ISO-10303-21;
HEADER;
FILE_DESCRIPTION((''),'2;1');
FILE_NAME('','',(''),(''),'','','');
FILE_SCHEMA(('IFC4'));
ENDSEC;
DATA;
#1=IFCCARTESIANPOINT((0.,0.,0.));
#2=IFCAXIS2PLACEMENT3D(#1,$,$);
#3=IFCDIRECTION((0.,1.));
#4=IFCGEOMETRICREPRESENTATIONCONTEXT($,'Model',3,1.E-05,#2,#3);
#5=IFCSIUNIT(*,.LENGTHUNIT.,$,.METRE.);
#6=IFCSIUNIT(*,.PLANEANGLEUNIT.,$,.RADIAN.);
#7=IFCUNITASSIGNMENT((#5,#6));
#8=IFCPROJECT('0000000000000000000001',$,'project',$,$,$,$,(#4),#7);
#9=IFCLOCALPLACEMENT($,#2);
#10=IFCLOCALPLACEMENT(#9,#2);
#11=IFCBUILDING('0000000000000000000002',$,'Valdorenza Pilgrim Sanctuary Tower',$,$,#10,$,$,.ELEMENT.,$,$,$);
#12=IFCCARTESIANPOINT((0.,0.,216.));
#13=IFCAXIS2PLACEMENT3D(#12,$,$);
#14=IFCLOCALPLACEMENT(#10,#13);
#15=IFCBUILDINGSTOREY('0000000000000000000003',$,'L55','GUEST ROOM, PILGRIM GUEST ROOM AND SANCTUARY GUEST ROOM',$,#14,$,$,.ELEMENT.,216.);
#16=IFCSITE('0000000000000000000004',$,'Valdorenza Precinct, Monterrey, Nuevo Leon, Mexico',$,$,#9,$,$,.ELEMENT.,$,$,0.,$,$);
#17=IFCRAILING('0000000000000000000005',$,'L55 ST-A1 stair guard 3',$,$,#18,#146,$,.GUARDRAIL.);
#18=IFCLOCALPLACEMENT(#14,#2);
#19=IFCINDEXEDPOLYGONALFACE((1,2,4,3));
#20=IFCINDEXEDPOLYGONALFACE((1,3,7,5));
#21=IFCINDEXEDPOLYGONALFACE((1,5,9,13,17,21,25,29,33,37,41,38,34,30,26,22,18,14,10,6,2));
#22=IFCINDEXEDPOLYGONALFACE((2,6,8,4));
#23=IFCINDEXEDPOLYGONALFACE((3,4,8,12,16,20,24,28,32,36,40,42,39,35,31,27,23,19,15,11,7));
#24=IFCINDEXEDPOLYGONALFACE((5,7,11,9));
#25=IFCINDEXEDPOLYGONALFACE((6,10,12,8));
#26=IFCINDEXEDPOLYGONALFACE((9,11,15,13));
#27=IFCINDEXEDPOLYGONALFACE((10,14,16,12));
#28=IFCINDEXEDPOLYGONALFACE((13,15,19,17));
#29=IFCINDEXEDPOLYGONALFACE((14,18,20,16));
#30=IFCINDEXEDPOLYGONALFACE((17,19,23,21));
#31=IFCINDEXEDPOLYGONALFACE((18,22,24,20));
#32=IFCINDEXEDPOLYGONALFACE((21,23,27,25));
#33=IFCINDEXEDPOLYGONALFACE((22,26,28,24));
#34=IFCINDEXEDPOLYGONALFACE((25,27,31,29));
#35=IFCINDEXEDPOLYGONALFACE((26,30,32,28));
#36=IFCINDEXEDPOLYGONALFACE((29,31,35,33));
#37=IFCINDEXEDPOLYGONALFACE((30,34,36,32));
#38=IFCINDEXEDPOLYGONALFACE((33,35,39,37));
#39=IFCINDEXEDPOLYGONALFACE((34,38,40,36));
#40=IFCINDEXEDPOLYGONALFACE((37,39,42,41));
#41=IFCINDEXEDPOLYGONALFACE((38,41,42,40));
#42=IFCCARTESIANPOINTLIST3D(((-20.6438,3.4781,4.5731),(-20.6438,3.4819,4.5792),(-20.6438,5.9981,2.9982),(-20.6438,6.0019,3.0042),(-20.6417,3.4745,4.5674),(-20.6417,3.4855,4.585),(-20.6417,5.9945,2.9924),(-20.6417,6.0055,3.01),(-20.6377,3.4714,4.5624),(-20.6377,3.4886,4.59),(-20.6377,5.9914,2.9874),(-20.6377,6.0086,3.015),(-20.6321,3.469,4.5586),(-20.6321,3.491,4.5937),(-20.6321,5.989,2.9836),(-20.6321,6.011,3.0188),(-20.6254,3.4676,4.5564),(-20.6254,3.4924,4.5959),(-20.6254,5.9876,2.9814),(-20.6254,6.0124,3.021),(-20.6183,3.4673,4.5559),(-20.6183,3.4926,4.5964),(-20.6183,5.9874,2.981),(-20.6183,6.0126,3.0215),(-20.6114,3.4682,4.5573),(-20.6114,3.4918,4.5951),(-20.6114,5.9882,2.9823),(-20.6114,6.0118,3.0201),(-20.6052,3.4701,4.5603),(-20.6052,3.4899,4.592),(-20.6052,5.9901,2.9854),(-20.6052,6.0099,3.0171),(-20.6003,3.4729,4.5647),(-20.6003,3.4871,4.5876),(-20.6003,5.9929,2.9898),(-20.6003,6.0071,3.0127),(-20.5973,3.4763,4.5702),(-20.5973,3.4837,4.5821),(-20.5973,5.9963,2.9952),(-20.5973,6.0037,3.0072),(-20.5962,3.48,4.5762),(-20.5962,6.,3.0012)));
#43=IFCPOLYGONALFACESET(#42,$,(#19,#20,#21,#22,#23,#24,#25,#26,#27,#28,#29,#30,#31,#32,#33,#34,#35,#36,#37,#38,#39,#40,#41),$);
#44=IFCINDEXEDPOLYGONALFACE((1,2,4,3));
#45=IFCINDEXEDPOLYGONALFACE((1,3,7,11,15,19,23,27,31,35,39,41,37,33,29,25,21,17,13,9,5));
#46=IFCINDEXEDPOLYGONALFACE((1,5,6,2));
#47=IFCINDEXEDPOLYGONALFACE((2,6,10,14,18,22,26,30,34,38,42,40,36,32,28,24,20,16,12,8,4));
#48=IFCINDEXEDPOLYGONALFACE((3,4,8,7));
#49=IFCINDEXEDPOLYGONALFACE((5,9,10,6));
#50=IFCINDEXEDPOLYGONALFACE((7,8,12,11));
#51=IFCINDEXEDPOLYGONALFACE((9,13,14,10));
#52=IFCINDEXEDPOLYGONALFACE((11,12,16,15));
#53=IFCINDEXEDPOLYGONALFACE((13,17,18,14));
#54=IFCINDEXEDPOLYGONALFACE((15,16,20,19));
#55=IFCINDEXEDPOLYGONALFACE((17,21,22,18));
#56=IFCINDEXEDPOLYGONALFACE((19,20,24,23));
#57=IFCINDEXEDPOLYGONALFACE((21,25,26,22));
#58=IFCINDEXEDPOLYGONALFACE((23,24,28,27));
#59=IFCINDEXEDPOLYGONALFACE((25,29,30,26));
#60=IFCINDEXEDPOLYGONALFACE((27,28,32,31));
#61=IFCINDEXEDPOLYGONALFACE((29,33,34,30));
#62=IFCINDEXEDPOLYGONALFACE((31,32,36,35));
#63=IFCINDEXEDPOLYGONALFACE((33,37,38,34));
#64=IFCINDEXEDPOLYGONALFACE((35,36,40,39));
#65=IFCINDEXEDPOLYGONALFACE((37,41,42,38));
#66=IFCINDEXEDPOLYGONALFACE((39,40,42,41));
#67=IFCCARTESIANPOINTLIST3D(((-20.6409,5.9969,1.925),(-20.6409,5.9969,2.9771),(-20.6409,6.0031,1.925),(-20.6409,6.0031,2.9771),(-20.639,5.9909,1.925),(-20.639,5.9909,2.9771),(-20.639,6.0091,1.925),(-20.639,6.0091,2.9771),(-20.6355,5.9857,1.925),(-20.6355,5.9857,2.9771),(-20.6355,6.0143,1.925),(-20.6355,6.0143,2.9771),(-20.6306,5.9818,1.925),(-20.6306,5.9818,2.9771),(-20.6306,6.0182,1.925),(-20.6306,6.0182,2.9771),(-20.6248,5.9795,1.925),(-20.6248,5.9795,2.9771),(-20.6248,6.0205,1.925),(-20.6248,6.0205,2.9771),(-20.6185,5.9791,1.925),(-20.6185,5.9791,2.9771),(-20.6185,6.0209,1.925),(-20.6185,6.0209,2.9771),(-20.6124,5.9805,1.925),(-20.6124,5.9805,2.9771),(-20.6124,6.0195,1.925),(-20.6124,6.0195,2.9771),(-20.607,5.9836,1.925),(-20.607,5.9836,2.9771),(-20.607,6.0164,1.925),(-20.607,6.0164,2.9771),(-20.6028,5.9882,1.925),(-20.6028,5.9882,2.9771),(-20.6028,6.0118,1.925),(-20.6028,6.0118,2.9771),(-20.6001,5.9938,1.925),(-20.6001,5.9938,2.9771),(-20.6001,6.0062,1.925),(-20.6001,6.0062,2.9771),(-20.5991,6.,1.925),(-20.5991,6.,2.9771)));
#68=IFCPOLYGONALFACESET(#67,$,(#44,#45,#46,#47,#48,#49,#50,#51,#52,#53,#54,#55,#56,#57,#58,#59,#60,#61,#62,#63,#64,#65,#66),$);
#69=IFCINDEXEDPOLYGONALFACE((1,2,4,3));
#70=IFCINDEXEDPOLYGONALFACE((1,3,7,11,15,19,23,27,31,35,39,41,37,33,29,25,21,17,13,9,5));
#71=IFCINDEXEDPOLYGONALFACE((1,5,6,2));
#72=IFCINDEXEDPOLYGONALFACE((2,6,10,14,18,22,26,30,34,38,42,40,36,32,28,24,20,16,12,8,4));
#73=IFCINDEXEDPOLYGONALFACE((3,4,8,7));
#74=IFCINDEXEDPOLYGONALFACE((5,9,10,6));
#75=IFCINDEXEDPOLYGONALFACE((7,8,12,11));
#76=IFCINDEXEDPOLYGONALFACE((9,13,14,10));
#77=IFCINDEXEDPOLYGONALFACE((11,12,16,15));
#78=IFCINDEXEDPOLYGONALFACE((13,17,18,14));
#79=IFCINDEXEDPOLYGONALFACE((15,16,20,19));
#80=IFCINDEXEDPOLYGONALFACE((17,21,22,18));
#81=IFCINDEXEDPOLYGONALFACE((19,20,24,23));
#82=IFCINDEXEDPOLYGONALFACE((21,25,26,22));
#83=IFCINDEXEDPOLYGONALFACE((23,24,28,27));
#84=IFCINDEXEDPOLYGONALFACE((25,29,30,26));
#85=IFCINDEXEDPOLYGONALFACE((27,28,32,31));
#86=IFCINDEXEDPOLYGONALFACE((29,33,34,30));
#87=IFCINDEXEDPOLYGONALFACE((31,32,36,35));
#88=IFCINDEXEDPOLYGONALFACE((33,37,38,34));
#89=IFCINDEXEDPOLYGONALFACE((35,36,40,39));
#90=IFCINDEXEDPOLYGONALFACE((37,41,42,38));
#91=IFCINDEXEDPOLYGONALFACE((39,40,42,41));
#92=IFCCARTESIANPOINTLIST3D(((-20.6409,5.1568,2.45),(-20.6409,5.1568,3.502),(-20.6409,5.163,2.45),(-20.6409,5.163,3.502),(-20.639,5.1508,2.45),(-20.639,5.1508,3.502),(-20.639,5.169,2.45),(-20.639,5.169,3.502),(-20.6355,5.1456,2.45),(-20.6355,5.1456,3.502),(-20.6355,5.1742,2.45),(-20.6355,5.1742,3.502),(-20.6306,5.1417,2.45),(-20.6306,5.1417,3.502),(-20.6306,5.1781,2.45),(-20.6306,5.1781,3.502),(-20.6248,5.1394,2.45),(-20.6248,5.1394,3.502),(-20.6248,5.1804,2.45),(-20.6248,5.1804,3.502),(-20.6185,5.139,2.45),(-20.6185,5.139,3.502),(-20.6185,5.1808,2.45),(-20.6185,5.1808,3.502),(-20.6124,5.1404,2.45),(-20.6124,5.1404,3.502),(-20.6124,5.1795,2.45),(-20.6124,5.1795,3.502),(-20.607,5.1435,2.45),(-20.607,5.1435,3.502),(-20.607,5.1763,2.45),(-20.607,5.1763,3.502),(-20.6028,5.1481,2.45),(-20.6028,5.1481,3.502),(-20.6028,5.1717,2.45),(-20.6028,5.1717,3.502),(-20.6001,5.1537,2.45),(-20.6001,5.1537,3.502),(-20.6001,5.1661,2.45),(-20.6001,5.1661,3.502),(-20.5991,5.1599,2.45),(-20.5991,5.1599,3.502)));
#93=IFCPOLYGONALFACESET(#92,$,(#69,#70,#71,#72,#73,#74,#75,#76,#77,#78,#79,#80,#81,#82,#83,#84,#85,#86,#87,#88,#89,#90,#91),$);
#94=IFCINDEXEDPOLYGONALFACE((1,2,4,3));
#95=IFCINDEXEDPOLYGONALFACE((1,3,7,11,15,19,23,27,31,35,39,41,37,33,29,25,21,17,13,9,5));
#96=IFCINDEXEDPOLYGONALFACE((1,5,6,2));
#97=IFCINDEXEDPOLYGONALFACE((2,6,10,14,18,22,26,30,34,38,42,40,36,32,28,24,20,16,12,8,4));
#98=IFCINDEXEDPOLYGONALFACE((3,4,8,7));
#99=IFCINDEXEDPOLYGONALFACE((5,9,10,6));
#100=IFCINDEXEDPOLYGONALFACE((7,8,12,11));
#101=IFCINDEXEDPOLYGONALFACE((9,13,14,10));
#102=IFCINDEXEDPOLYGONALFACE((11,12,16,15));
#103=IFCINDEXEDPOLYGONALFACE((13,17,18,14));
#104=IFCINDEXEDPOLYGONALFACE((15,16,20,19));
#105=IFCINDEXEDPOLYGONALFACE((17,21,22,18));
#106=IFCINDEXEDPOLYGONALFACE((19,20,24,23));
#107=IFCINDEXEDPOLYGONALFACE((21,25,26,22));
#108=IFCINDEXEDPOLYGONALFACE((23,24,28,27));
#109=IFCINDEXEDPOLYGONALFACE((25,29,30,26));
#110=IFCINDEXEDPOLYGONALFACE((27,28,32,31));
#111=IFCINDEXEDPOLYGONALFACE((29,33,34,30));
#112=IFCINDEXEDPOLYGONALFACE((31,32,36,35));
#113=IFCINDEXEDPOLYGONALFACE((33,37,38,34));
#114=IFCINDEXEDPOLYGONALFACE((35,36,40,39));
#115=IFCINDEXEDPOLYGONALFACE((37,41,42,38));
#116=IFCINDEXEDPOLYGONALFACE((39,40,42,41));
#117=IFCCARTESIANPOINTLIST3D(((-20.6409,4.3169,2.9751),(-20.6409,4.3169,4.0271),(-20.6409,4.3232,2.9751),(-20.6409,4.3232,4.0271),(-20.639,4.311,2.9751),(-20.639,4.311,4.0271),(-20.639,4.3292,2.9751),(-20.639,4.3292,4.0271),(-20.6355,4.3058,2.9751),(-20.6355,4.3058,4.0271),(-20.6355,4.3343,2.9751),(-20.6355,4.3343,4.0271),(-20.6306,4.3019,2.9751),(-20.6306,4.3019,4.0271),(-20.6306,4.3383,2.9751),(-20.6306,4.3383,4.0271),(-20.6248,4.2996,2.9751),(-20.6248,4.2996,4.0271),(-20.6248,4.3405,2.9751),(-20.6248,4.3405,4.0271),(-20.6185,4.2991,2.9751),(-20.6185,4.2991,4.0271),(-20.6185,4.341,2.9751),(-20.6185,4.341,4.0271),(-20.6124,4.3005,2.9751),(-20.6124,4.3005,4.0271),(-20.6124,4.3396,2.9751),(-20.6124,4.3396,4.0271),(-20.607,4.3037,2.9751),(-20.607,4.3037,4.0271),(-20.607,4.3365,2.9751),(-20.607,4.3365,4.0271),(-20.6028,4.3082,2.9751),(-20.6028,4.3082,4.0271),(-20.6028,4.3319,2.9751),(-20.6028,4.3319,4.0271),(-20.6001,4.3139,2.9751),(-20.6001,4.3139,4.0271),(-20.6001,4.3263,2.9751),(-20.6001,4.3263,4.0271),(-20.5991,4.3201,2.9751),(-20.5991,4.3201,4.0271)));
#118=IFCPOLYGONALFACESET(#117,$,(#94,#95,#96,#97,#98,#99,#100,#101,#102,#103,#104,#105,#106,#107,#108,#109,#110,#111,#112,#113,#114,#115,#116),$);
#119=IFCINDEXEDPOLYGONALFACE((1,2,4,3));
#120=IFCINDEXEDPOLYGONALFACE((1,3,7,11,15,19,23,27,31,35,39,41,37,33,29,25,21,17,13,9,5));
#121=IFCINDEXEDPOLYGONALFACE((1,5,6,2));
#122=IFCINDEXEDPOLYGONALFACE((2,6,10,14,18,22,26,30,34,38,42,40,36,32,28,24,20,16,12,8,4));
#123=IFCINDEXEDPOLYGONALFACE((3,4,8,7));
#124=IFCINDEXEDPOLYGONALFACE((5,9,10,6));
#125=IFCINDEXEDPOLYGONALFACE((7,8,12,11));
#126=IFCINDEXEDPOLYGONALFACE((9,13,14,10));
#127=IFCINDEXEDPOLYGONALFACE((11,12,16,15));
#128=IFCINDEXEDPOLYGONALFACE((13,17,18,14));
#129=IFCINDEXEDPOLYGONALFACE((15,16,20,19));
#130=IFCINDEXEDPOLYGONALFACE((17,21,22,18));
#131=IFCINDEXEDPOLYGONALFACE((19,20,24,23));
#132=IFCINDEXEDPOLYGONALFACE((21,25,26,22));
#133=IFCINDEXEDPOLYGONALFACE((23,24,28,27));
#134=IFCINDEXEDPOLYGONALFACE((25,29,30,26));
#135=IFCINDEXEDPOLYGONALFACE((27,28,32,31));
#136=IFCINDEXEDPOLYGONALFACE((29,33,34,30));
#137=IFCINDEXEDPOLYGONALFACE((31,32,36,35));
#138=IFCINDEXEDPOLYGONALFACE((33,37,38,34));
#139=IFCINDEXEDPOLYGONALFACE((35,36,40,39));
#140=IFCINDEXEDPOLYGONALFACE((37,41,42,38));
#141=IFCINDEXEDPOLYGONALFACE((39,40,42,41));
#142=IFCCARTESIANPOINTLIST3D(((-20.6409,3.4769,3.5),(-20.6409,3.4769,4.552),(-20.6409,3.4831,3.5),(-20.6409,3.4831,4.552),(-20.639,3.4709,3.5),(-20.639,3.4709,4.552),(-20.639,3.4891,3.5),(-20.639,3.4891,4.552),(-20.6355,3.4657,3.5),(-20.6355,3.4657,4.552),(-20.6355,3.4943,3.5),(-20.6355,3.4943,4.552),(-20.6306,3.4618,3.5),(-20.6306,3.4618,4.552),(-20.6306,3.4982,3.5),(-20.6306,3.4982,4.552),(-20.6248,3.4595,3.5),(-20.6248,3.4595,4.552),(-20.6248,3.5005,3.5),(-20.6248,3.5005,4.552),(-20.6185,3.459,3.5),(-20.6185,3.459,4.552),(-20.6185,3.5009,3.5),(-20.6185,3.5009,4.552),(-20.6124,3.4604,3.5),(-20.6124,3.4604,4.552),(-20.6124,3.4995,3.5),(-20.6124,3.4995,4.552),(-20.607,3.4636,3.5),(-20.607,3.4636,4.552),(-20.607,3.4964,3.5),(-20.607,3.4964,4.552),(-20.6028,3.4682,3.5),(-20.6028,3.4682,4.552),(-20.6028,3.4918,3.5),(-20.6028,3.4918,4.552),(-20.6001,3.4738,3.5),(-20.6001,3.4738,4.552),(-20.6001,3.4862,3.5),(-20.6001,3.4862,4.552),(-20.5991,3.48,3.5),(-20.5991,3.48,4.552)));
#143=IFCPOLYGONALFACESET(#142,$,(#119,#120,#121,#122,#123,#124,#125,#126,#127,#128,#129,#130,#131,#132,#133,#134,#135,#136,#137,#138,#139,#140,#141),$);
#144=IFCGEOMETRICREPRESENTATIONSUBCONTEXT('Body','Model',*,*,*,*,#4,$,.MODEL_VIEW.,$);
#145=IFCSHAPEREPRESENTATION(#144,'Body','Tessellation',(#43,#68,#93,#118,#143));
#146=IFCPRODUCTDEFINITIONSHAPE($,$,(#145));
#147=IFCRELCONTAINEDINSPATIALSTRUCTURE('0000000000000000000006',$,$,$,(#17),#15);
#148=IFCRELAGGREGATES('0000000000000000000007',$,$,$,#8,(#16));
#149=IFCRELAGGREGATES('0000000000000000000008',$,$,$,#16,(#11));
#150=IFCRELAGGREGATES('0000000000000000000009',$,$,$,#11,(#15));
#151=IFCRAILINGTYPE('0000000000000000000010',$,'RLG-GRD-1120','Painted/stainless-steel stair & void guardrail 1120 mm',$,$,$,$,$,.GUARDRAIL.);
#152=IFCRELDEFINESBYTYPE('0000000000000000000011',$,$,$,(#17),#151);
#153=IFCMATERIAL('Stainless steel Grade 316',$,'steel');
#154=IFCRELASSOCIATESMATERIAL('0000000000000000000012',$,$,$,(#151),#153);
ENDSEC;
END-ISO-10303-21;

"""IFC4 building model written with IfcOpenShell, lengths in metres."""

from ifc_helpers import new_model, si_unit, direction, frame, origin, origin_2d, place, context, subcontext, project, spatial, circle, extrude, material, type_object, element, save


model = new_model("IFC4")

# Units and contexts
model_context = context("Model", 3, precision=1e-05, world=origin(), true_north=direction((0.0, 1.0)))
body_context = subcontext(model_context, "Body", "Model", "MODEL_VIEW")
ifc_project = project(units=[si_unit("LENGTHUNIT", "METRE"), si_unit("PLANEANGLEUNIT", "RADIAN")], contexts=[model_context])

# Site, building, storey
site_placement = place(None, origin())
site = spatial("IfcSite", under=ifc_project, at=site_placement, Name="Valdorenza Precinct, Monterrey, Nuevo Leon, Mexico", CompositionType="ELEMENT", RefElevation=0.0)
building_placement = place(site_placement, origin())
building = spatial("IfcBuilding", under=site, at=building_placement, Name="Valdorenza Pilgrim Sanctuary Tower", CompositionType="ELEMENT")
storey_placement = place(building_placement, frame((0.0, 0.0, 216.0)))
storey = spatial("IfcBuildingStorey", under=building, at=storey_placement, Name="L55", Description="GUEST ROOM, PILGRIM GUEST ROOM AND SANCTUARY GUEST ROOM", CompositionType="ELEMENT", Elevation=216.0)

# Railing
ifc_material_1 = material(Name="Stainless steel Grade 316", Category="steel")
railing_type_1 = type_object("IfcRailingType", Name="RLG-GRD-1120", Description="Painted/stainless-steel stair & void guardrail 1120 mm", PredefinedType="GUARDRAIL", material=ifc_material_1)
railing_1_placement = place(storey_placement, frame((-20.6201, 6.0, 1.925)))
element("IfcRailing", 1, at=railing_1_placement, inside=storey, type_object=railing_type_1, Name="L55 ST-A1 stair guard 3", PredefinedType="GUARDRAIL", context=body_context, shape_type="SweptSolid", body=[
    extrude(circle(Radius=0.0239, at=origin_2d()), frame((0.0, 0.0, 1.0762), z_axis=(0.0, -0.848008, 0.529984), x_axis=(1.0, 0.0, 0.0)), (0.0, 0.0, 1.0), 2.9717),
    extrude(circle(Radius=0.021, at=origin_2d()), origin(), (0.0, 0.0, 1.0), 1.052),
    extrude(circle(Radius=0.021, at=origin_2d()), frame((0.0, -0.8401, 0.5249)), (0.0, 0.0, 1.0), 1.052),
    extrude(circle(Radius=0.021, at=origin_2d()), frame((0.0, -1.6799, 1.05)), (0.0, 0.0, 1.0), 1.052),
    extrude(circle(Radius=0.021, at=origin_2d()), frame((0.0, -2.52, 1.575)), (0.0, 0.0, 1.0), 1.052),
])

save(model, "model.ifc")
